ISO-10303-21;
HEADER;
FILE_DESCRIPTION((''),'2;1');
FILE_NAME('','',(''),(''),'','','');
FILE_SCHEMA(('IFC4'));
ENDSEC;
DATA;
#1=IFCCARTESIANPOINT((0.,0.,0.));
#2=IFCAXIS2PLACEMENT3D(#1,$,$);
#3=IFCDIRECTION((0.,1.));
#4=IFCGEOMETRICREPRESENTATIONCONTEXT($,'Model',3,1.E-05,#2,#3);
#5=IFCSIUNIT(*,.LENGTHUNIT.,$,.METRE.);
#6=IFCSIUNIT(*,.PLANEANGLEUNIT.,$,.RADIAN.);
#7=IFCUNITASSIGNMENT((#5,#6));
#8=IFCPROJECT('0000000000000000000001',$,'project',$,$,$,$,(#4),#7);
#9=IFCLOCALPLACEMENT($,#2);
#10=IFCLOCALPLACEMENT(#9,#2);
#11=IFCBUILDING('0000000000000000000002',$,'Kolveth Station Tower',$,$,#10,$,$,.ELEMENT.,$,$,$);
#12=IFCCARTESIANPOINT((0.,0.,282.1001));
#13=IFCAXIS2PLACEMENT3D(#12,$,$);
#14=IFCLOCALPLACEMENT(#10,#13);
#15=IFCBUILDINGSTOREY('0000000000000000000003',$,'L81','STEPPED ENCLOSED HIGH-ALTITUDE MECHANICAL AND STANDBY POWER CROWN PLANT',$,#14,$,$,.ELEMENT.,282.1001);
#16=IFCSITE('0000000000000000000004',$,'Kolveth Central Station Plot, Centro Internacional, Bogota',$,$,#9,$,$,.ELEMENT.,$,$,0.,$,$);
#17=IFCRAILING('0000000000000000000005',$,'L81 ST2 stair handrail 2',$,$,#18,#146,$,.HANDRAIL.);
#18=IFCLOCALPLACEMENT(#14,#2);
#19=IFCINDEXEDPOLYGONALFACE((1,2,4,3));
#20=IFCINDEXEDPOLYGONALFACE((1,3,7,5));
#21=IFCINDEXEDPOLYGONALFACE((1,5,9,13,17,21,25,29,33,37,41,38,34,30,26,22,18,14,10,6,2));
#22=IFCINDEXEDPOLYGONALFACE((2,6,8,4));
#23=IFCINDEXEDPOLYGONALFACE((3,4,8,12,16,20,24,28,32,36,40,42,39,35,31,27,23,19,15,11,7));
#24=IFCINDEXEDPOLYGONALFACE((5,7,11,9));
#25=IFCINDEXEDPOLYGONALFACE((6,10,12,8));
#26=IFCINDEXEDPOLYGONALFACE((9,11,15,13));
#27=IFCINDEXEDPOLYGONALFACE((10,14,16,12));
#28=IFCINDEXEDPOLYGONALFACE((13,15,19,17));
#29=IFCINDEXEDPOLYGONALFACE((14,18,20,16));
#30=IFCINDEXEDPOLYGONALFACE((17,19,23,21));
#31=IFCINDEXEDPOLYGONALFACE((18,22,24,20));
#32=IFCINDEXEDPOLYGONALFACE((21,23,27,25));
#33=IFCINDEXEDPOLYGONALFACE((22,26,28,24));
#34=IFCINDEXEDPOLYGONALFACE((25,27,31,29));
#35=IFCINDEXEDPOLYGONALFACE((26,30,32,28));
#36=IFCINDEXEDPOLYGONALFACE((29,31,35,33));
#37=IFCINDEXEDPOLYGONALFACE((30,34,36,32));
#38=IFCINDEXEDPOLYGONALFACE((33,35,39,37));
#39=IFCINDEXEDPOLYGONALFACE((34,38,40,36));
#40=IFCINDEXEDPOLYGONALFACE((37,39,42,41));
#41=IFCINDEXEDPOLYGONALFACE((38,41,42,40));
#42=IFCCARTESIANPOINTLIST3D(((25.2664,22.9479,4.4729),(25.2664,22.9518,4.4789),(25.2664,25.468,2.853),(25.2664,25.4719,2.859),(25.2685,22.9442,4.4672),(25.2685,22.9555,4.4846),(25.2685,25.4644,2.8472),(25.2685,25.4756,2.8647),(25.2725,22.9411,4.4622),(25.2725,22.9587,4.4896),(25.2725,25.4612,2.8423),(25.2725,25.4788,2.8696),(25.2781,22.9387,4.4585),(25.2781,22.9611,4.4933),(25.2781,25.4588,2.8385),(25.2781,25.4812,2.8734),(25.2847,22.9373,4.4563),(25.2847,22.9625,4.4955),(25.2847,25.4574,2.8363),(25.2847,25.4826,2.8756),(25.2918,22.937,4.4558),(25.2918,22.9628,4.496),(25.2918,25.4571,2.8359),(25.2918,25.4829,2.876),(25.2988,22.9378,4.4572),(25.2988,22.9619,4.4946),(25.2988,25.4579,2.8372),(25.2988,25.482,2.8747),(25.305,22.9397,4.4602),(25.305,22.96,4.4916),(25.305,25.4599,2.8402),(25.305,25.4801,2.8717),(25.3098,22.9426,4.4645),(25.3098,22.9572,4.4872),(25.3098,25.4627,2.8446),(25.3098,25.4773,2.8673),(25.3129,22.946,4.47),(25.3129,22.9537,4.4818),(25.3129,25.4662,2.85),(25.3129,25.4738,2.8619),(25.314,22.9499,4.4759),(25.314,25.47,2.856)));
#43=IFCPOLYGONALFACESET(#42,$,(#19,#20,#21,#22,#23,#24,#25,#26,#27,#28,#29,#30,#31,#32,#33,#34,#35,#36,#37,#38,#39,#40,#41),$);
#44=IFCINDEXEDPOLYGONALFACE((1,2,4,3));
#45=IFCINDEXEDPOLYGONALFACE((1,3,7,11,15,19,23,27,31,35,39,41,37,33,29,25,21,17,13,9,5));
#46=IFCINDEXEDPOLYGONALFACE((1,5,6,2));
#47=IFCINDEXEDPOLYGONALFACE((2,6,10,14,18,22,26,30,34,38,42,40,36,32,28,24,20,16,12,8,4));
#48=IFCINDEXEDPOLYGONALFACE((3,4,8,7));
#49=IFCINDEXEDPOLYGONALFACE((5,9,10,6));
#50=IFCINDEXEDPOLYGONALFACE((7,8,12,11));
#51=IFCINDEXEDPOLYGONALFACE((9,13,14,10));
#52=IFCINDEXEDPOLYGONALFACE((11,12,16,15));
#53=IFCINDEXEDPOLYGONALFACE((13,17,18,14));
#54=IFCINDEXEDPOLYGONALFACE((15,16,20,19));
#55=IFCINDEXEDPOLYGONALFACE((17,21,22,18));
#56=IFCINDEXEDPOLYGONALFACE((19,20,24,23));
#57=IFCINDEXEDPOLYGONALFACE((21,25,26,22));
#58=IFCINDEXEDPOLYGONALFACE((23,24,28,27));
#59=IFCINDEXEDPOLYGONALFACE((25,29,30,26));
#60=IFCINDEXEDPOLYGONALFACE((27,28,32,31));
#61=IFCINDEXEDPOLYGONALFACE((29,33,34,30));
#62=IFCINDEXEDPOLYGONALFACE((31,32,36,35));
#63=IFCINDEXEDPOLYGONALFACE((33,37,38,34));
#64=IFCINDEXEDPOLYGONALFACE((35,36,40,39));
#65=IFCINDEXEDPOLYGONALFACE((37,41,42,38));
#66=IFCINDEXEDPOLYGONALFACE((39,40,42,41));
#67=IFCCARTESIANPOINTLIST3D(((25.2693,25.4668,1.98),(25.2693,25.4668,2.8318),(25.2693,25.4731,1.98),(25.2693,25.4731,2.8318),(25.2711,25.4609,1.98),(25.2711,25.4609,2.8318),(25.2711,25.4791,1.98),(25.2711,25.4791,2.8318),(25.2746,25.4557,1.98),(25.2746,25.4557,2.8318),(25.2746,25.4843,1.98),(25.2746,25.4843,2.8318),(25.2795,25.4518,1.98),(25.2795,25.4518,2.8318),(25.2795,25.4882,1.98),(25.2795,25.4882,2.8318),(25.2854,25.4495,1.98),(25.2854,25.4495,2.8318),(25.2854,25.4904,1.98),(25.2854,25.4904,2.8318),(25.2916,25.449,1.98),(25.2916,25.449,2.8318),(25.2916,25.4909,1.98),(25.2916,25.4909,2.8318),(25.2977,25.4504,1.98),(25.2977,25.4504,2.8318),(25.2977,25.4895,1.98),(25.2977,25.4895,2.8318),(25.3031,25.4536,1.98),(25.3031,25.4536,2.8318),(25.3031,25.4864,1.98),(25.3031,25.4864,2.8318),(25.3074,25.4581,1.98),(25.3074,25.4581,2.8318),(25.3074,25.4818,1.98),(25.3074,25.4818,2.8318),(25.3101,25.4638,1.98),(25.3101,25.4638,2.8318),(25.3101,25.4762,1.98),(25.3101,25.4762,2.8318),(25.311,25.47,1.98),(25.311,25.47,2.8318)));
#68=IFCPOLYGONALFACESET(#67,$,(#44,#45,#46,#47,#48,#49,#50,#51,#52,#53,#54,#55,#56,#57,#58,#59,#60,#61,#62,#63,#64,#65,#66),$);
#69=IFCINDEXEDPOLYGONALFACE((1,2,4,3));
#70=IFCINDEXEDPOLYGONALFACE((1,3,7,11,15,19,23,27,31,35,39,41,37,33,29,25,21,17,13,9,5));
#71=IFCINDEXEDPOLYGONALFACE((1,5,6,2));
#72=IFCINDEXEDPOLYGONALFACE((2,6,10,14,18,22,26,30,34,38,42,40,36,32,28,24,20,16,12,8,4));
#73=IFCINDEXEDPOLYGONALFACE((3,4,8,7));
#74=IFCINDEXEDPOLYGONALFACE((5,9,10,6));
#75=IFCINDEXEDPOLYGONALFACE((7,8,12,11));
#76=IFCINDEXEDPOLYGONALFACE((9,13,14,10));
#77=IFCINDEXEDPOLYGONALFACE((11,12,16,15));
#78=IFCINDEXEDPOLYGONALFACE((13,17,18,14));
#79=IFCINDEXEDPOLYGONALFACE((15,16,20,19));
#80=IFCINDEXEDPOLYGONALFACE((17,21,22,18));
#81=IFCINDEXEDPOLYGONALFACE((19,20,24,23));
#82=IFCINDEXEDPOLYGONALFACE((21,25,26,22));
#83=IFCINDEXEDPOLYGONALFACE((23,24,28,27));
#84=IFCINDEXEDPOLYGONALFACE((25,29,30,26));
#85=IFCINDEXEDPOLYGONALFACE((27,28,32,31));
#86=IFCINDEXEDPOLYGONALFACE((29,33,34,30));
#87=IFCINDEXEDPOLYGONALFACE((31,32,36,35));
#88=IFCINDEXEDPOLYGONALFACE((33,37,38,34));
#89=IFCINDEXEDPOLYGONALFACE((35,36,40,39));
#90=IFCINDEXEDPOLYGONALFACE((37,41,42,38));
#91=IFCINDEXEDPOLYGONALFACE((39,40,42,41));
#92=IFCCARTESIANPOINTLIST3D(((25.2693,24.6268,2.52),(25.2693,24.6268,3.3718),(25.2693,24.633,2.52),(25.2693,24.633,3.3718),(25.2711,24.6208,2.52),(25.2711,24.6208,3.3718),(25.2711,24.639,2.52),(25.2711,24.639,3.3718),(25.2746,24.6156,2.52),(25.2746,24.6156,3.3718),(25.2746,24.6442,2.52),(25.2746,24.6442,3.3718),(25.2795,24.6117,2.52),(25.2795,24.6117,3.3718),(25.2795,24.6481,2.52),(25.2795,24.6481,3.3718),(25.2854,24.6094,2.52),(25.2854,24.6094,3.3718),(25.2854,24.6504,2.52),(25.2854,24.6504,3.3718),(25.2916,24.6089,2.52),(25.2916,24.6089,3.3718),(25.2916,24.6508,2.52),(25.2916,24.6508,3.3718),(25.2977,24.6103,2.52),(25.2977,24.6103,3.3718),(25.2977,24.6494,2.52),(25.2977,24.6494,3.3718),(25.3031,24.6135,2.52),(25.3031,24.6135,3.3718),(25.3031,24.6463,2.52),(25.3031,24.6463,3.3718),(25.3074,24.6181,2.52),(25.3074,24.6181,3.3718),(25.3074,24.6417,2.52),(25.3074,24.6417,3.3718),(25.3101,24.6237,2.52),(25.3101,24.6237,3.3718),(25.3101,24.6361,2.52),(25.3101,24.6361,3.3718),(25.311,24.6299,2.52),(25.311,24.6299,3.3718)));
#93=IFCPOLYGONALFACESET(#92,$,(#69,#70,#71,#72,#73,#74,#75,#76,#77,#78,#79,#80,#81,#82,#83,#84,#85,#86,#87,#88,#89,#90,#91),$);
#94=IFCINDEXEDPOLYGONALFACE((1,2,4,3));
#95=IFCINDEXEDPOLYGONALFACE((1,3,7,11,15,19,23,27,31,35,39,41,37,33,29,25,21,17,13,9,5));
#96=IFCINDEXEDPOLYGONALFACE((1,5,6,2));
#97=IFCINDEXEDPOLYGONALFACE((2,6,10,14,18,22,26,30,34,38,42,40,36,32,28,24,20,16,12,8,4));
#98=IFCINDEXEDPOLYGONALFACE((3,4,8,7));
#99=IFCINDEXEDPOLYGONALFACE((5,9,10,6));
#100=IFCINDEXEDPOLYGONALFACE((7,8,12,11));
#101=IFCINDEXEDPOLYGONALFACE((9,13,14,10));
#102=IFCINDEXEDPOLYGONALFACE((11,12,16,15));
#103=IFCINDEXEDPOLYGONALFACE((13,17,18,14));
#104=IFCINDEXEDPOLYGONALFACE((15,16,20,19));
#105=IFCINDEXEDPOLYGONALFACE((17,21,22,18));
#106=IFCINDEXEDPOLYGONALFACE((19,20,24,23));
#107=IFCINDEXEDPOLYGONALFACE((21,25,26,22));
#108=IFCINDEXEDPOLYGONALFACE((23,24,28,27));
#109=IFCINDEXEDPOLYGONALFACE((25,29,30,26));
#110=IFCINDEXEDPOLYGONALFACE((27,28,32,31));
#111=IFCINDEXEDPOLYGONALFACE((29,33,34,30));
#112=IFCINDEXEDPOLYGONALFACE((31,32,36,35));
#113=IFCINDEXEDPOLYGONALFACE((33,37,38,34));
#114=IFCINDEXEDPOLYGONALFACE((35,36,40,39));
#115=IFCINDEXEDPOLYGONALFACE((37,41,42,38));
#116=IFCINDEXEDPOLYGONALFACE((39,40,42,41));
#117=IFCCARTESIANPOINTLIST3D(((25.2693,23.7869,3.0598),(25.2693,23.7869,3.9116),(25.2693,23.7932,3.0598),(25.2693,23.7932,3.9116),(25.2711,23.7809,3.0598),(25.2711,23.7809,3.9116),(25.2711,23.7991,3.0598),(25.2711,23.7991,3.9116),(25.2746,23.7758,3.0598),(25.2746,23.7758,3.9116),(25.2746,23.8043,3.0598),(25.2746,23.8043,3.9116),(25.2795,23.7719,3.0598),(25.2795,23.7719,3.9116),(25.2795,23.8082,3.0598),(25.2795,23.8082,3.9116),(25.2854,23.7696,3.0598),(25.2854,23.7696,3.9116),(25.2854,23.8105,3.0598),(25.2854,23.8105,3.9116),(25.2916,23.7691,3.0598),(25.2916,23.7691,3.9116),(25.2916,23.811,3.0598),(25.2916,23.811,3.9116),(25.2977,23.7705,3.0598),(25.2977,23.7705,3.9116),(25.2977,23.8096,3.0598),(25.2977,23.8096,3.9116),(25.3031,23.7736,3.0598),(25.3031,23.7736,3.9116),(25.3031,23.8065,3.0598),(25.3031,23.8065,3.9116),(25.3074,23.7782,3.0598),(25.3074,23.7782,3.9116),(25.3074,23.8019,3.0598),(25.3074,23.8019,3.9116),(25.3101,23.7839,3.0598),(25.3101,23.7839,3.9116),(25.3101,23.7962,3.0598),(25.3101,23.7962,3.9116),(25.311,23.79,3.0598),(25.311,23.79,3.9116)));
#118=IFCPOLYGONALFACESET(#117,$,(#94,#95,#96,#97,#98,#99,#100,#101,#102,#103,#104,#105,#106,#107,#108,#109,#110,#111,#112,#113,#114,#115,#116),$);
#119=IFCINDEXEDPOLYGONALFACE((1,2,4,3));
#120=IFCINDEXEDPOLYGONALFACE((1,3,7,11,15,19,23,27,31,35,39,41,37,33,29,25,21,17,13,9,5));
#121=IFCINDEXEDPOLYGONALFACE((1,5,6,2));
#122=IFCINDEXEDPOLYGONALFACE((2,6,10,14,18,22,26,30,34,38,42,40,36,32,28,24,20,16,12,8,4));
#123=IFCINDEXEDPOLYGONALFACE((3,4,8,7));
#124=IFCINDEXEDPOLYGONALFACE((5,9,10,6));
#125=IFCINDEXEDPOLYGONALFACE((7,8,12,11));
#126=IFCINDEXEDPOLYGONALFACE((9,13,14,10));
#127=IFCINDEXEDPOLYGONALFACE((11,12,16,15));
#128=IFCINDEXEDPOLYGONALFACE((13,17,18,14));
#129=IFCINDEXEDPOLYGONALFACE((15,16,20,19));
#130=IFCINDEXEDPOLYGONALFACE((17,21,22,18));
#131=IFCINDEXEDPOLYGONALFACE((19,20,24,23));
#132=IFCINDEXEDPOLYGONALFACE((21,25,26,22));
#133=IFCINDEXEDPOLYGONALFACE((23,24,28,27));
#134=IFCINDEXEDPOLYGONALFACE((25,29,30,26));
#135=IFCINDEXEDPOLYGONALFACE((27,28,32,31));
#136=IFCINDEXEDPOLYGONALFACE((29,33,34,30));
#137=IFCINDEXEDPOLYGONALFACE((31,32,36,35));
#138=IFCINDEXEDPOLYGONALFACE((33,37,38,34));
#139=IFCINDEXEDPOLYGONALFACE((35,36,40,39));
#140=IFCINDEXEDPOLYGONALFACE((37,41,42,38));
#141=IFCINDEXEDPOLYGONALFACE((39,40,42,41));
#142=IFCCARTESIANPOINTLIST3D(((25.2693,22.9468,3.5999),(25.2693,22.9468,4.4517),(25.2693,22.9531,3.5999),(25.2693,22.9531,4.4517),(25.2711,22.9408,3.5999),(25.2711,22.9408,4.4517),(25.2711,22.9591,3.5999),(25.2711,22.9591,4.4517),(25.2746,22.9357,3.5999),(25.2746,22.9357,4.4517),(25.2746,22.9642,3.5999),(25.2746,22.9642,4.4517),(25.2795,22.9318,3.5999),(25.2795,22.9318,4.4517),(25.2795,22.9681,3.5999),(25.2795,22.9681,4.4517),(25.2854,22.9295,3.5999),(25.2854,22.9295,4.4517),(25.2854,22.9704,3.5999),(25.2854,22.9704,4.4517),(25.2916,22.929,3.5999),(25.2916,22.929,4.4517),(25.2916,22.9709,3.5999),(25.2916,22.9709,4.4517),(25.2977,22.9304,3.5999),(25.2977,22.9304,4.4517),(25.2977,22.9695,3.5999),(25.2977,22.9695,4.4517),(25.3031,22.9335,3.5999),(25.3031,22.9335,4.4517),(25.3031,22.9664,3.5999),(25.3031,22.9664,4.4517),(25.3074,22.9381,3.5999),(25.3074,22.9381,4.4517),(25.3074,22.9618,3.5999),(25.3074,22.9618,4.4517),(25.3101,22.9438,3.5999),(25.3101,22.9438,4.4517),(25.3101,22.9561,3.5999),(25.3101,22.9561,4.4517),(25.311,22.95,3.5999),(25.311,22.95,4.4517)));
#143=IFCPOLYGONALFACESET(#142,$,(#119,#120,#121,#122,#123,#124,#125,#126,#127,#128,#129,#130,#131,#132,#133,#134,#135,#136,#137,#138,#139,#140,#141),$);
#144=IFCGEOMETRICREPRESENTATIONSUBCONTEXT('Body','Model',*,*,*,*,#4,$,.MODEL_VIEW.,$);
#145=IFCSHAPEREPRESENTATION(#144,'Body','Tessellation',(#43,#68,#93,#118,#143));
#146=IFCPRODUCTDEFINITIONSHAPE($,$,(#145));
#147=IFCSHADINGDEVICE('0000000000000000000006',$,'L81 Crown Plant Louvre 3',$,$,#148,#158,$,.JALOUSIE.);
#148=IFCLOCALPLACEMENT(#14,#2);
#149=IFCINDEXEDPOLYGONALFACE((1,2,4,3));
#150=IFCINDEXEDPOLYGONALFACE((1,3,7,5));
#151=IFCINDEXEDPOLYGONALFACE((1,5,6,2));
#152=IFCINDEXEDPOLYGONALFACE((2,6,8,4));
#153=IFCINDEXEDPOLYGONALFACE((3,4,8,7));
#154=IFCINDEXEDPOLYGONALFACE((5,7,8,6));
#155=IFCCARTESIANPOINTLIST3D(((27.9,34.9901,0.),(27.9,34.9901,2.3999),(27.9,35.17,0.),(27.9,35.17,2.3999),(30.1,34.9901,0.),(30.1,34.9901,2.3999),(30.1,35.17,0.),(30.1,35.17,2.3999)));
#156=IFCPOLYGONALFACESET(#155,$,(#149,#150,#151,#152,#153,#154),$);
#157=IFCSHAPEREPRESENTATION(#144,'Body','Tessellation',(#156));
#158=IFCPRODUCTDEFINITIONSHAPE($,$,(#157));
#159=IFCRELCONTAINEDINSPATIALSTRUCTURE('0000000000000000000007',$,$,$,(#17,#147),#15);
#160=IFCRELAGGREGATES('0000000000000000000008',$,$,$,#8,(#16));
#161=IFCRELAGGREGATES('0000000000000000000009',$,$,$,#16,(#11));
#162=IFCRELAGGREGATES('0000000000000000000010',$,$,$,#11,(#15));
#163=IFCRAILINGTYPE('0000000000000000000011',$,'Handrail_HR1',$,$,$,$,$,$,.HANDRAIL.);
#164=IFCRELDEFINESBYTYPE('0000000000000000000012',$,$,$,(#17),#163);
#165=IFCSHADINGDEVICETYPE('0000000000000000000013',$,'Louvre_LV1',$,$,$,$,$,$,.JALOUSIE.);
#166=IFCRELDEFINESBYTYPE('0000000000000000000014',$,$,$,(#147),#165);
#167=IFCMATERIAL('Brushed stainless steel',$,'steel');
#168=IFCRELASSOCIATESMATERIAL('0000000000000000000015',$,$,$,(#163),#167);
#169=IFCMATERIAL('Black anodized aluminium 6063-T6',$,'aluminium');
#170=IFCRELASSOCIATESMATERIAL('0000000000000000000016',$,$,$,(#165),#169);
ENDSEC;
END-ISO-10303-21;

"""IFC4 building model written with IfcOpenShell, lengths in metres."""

from ifc_helpers import new_model, si_unit, direction, frame, origin, origin_2d, place, context, subcontext, project, spatial, rectangle, circle, extrude, source, transform, mapped, material, type_object, element, save


model = new_model("IFC4")

# Units and contexts
model_context = context("Model", 3, precision=1e-05, world=origin(), true_north=direction((0.0, 1.0)))
body_context = subcontext(model_context, "Body", "Model", "MODEL_VIEW")
ifc_project = project(units=[si_unit("LENGTHUNIT", "METRE"), si_unit("PLANEANGLEUNIT", "RADIAN")], contexts=[model_context])

# Site, building, storey
site_placement = place(None, origin())
site = spatial("IfcSite", under=ifc_project, at=site_placement, Name="Kolveth Central Station Plot, Centro Internacional, Bogota", CompositionType="ELEMENT", RefElevation=0.0)
building_placement = place(site_placement, origin())
building = spatial("IfcBuilding", under=site, at=building_placement, Name="Kolveth Station Tower", CompositionType="ELEMENT")
storey_placement = place(building_placement, frame((0.0, 0.0, 282.1001)))
storey = spatial("IfcBuildingStorey", under=building, at=storey_placement, Name="L81", Description="STEPPED ENCLOSED HIGH-ALTITUDE MECHANICAL AND STANDBY POWER CROWN PLANT", CompositionType="ELEMENT", Elevation=282.1001)

# Railing
ifc_material_1 = material(Name="Brushed stainless steel", Category="steel")
railing_type_1 = type_object("IfcRailingType", Name="Handrail_HR1", PredefinedType="HANDRAIL", material=ifc_material_1)
railing_1_placement = place(storey_placement, frame((25.29, 25.47, 1.98)))
element("IfcRailing", 1, at=railing_1_placement, inside=storey, type_object=railing_type_1, Name="L81 ST2 stair handrail 2", PredefinedType="HANDRAIL", context=body_context, shape_type="SweptSolid", body=[
    extrude(circle(Radius=0.0239, at=origin_2d()), frame((0.0, 0.0, 0.876), z_axis=(0.0, -0.8412, 0.540725), x_axis=(1.0, 0.0, 0.0)), (0.0, 0.0, 1.0), 2.9958),
    extrude(circle(Radius=0.021, at=origin_2d()), origin(), (0.0, 0.0, 1.0), 0.8518),
    extrude(circle(Radius=0.021, at=origin_2d()), frame((0.0, -0.8401, 0.54)), (0.0, 0.0, 1.0), 0.8518),
    extrude(circle(Radius=0.021, at=origin_2d()), frame((0.0, -1.6799, 1.0798)), (0.0, 0.0, 1.0), 0.8518),
    extrude(circle(Radius=0.021, at=origin_2d()), frame((0.0, -2.52, 1.6199)), (0.0, 0.0, 1.0), 0.8518),
])

# Shading device
ifc_material_2 = material(Name="Black anodized aluminium 6063-T6", Category="aluminium")
shading_device_type = type_object("IfcShadingDeviceType", Name="Louvre_LV1", PredefinedType="JALOUSIE", material=ifc_material_2)
shared_shape_1 = source(origin(), body_context, "Body", "SweptSolid", [
    extrude(rectangle(XDim=2.2, YDim=0.1799, at=origin_2d()), origin(), (0.0, 0.0, 1.0), 2.3999),
])
shading_device_placement = place(storey_placement, frame((29.0, 35.0801, 0.0), z_axis=(0.0, 0.0, 1.0), x_axis=(1.0, 0.0, 0.0)))
element("IfcShadingDevice", 2, at=shading_device_placement, inside=storey, type_object=shading_device_type, Name="L81 Crown Plant Louvre 3", PredefinedType="JALOUSIE", context=body_context, shape_type="MappedRepresentation", body=[
    mapped(shared_shape_1, transform((0.0, 0.0, 0.0), x_axis=(1.0, 0.0, 0.0), y_axis=(0.0, 1.0, 0.0), z_axis=(0.0, 0.0, 1.0), scale=1.0)),
])

save(model, "model.ifc")
